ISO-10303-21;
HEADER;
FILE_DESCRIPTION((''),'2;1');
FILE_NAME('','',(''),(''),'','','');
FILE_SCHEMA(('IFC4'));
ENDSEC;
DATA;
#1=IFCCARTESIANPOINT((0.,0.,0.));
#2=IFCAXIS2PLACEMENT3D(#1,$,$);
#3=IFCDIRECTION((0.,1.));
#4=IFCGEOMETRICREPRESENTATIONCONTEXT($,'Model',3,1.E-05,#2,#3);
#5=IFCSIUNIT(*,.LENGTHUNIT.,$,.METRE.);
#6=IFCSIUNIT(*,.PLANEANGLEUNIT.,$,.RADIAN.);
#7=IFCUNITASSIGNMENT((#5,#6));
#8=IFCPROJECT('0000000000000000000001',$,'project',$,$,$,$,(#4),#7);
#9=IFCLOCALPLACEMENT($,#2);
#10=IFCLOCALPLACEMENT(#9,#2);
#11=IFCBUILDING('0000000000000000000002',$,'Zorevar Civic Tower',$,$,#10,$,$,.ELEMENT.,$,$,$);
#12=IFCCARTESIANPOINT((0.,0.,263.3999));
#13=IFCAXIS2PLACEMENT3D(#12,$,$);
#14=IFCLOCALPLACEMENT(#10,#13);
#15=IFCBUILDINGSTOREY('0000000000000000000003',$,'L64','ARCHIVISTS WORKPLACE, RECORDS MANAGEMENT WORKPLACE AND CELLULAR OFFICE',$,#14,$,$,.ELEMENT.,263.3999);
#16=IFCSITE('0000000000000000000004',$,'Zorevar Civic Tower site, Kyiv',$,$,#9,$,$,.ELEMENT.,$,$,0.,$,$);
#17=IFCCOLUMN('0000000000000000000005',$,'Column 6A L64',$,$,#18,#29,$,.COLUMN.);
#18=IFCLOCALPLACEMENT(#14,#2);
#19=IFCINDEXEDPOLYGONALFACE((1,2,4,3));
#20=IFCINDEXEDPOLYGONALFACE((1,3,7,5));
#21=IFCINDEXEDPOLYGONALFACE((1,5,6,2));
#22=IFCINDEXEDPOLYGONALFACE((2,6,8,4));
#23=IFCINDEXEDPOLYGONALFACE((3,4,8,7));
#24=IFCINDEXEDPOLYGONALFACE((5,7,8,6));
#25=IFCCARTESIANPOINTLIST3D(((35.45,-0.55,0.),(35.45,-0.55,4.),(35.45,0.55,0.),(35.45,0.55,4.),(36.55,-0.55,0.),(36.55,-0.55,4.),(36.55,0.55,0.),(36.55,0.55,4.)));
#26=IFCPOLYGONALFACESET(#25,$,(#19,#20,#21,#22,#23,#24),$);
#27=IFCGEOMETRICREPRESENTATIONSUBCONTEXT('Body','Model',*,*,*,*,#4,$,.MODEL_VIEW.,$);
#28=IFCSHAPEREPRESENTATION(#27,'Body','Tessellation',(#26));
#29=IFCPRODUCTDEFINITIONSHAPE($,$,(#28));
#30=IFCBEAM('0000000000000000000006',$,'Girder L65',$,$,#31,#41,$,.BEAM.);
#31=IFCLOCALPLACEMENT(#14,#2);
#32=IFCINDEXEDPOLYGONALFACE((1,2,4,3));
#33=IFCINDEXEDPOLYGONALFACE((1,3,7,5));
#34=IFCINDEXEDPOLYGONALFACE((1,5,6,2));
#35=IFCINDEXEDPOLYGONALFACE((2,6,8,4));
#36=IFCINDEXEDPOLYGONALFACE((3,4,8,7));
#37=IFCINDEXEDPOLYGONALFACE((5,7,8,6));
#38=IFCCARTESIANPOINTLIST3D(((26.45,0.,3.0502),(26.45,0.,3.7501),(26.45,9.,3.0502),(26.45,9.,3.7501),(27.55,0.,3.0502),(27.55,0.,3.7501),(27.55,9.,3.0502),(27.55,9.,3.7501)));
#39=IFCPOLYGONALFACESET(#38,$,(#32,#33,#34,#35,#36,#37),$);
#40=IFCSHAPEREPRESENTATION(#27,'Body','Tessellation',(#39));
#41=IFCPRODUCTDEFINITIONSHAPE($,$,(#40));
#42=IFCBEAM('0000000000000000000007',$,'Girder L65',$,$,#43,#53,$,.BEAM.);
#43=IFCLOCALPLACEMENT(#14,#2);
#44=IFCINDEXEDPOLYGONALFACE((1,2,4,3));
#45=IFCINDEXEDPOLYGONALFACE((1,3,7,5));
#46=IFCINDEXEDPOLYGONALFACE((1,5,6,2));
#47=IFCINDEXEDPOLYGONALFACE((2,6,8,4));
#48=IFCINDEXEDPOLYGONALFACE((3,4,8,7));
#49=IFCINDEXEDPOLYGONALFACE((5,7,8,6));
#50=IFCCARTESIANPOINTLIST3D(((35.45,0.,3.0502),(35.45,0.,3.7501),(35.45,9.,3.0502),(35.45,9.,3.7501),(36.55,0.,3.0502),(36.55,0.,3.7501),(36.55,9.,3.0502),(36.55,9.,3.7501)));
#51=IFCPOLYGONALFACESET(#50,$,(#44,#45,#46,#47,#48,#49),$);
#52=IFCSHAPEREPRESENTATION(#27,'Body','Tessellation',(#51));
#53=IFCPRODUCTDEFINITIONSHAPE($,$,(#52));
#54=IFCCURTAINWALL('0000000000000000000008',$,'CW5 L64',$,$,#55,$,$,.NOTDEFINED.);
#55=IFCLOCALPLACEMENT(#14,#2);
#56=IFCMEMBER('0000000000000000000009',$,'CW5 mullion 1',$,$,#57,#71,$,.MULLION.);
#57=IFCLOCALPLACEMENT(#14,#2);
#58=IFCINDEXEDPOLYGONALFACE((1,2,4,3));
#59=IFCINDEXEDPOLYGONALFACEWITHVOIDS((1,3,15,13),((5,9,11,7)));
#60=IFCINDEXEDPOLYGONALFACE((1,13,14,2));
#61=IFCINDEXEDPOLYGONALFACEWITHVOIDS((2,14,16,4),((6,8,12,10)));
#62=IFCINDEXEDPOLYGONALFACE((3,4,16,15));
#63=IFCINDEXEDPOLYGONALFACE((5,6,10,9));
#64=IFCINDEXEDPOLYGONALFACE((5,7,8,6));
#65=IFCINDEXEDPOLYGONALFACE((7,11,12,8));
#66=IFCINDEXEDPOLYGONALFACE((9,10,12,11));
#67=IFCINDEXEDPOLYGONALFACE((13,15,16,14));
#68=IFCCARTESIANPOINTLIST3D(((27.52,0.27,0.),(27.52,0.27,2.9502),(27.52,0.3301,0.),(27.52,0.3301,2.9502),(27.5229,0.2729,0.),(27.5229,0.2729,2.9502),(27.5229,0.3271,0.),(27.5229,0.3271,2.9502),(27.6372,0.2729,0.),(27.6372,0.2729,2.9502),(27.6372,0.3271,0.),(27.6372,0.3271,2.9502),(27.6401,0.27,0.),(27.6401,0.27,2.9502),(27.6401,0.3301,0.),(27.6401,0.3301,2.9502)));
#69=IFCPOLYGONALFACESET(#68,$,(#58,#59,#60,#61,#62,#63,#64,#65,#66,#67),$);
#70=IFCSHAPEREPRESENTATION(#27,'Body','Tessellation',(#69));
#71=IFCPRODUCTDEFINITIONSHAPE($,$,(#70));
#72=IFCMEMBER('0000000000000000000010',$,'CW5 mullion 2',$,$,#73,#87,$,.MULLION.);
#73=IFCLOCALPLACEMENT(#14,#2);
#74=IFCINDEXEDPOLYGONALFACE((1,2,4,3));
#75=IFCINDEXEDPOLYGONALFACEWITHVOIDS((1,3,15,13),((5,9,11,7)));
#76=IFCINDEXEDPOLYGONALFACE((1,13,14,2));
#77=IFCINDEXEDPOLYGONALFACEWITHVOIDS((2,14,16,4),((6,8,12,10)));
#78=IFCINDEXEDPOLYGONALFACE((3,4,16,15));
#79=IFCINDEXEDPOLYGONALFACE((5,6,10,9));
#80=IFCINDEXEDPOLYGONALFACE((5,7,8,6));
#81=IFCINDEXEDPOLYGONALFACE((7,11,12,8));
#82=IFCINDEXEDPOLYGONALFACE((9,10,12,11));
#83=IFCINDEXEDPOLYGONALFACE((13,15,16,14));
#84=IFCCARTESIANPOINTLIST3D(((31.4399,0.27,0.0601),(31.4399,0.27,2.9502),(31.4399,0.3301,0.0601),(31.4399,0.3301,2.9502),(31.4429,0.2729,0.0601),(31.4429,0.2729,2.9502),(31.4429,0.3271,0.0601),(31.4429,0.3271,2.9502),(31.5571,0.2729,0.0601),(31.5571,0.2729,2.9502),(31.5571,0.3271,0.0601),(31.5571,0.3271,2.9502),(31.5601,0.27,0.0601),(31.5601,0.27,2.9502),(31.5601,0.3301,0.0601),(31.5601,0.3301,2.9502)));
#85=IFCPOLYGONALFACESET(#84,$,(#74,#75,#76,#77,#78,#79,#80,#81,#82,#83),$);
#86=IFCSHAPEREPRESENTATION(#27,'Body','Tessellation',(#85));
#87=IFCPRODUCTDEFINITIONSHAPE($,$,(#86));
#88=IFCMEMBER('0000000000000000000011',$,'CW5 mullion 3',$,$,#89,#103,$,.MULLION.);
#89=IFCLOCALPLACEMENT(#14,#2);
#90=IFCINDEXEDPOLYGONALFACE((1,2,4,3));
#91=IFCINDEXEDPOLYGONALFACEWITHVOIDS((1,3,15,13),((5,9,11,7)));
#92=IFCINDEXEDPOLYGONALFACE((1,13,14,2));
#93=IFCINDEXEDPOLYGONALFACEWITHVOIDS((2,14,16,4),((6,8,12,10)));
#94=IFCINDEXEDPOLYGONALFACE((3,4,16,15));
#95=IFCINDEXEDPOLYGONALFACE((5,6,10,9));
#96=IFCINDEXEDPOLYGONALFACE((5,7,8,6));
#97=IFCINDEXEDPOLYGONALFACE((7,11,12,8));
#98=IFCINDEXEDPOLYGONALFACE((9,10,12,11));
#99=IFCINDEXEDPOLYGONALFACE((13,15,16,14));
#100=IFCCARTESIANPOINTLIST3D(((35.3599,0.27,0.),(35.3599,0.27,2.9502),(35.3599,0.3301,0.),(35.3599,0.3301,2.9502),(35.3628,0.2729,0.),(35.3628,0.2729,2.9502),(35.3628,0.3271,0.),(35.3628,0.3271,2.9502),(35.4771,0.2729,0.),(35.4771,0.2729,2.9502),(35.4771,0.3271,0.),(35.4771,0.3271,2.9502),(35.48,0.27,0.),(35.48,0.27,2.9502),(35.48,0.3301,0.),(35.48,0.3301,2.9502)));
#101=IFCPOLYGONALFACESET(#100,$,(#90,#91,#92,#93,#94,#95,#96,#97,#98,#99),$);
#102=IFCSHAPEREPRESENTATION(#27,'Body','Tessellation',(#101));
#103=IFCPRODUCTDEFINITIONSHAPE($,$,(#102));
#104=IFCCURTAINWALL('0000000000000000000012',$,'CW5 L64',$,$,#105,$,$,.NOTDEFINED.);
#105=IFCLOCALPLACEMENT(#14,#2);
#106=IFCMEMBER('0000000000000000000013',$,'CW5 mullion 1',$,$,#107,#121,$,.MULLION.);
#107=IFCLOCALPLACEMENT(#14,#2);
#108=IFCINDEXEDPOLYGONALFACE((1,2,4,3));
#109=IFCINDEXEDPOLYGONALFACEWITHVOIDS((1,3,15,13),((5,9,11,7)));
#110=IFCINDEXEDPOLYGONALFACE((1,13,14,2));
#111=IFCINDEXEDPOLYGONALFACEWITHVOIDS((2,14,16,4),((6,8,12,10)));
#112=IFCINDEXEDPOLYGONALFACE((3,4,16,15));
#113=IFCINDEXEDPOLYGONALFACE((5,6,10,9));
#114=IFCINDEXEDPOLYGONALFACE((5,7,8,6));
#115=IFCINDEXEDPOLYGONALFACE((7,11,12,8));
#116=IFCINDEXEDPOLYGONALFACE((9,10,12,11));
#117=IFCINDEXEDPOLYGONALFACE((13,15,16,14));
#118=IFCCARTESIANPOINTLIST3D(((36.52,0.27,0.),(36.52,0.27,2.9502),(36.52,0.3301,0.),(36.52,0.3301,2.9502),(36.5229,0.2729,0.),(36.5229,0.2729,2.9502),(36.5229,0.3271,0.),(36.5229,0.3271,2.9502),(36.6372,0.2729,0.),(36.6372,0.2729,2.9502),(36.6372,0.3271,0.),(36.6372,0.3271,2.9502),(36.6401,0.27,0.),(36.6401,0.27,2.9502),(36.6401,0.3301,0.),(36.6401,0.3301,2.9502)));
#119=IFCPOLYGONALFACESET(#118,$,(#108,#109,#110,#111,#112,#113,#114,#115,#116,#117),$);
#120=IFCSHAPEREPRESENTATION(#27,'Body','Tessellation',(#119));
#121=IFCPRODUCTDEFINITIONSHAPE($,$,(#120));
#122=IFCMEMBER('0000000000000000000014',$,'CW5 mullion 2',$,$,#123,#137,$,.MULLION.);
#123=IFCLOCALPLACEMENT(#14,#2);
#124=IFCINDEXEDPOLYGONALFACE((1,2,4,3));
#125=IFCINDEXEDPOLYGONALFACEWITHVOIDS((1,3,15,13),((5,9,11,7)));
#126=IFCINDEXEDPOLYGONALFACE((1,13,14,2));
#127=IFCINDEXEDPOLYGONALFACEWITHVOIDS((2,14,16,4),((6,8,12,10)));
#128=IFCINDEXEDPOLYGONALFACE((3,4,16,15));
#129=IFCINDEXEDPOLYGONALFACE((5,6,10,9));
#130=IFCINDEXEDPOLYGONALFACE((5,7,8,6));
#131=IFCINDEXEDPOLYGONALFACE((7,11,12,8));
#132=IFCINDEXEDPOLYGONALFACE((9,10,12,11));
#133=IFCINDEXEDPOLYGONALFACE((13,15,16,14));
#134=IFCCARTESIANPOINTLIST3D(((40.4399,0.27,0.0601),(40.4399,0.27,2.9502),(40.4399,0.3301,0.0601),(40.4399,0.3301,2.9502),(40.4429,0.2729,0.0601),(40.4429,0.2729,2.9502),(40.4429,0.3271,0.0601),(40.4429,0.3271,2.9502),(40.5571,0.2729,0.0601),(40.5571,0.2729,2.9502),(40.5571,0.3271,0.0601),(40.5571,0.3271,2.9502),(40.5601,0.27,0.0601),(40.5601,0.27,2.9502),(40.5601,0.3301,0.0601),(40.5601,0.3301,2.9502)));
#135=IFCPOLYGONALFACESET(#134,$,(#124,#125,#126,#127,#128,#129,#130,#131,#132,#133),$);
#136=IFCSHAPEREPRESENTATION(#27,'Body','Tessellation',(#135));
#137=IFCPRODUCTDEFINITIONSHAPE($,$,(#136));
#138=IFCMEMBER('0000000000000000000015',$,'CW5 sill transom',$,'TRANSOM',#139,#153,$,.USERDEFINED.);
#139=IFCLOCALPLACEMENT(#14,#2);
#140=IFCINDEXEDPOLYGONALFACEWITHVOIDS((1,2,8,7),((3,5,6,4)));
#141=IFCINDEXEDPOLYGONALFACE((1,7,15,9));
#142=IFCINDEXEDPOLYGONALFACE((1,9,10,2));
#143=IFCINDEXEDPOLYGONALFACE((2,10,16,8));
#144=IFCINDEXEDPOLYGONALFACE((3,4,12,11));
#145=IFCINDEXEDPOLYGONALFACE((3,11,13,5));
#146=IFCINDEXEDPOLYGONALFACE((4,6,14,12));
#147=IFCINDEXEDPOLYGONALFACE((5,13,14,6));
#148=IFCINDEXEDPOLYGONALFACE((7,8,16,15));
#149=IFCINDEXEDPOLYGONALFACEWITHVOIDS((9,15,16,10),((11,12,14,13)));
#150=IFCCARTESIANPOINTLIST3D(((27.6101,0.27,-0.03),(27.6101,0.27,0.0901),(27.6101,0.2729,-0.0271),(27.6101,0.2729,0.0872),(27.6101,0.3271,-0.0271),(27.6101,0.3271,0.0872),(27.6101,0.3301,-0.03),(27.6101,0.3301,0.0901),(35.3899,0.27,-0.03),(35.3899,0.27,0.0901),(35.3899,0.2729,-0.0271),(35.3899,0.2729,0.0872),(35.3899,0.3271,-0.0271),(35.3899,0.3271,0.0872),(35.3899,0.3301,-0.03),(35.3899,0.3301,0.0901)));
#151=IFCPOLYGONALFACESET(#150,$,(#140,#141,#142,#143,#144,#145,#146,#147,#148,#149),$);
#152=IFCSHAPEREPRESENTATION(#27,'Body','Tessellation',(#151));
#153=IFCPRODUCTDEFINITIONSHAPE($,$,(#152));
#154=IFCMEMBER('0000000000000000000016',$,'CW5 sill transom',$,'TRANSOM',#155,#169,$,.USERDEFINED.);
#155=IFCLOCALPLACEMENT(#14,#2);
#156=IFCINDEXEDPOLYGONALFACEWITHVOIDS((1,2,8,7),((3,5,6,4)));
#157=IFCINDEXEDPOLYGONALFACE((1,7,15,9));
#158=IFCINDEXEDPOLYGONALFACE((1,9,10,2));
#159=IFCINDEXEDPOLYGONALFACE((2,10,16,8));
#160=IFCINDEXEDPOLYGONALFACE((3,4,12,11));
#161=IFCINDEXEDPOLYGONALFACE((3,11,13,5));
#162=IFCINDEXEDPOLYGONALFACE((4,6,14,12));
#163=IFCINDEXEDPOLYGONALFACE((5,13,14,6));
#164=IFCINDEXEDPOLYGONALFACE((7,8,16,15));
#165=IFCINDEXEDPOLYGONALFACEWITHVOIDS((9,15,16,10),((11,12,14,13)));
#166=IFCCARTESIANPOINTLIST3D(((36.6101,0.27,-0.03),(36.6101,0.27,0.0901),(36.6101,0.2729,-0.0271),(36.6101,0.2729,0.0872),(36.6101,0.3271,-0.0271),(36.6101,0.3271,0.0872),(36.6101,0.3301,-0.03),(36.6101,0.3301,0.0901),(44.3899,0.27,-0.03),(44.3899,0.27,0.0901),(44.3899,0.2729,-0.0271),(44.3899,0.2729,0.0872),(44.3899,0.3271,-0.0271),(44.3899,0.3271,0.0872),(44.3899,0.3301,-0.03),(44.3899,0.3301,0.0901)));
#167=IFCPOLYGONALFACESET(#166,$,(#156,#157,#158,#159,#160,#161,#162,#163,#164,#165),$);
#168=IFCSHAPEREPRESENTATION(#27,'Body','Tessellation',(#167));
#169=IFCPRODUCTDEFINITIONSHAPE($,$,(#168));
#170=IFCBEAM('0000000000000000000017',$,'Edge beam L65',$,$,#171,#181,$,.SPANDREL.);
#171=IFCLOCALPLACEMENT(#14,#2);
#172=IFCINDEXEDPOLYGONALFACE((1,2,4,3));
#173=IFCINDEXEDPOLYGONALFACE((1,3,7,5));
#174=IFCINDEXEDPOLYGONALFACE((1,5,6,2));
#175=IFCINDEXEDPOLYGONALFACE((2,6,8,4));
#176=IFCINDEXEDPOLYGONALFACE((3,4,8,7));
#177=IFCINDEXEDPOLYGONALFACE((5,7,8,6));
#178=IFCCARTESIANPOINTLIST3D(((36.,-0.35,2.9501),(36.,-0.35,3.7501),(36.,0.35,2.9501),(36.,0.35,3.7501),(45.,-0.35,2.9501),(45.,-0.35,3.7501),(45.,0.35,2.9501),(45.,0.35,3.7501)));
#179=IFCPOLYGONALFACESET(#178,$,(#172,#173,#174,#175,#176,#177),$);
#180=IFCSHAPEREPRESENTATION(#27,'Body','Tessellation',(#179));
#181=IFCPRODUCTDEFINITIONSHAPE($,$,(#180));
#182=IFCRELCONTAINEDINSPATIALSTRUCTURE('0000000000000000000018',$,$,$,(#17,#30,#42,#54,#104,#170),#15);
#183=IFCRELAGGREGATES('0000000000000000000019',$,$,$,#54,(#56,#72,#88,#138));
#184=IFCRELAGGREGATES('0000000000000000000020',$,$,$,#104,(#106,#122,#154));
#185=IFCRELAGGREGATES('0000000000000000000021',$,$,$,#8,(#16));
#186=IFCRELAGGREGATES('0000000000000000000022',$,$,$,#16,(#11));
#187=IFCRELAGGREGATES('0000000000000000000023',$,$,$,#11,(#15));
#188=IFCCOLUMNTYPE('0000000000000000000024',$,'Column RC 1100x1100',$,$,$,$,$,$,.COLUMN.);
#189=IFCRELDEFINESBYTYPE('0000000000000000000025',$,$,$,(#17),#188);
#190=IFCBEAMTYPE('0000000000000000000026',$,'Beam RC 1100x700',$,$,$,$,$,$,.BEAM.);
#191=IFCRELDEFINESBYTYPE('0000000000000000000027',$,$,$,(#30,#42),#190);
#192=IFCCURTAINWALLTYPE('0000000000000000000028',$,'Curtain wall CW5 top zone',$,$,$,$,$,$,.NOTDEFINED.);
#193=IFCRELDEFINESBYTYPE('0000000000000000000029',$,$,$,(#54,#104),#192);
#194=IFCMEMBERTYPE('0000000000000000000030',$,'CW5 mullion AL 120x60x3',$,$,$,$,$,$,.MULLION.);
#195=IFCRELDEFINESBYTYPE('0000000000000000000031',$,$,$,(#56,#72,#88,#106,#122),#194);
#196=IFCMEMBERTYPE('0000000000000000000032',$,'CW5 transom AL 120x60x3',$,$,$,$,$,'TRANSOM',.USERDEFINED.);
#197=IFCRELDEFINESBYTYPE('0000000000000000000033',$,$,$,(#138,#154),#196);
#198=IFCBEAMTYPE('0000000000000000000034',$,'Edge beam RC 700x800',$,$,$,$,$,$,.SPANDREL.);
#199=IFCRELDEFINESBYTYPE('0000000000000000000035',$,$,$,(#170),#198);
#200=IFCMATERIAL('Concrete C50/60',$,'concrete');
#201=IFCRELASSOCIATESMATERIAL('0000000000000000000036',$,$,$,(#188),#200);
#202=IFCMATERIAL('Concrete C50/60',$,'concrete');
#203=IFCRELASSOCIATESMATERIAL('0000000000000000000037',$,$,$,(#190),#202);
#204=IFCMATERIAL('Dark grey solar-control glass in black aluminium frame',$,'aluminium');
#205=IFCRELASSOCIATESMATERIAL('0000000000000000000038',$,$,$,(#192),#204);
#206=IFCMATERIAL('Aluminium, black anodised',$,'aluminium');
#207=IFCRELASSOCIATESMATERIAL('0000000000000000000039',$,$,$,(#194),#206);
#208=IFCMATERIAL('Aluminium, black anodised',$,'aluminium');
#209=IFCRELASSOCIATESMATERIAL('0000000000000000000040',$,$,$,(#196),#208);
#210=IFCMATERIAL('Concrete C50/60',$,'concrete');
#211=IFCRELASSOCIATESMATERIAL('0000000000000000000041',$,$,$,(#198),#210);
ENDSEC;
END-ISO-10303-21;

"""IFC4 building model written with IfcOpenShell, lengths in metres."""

from ifc_helpers import new_model, si_unit, direction, frame, origin, origin_2d, place, context, subcontext, project, spatial, rectangle, hollow_rectangle, extrude, material, material_profile, profile_set, type_object, element, aggregate, save


model = new_model("IFC4")

# Units and contexts
model_context = context("Model", 3, precision=1e-05, world=origin(), true_north=direction((0.0, 1.0)))
body_context = subcontext(model_context, "Body", "Model", "MODEL_VIEW")
ifc_project = project(units=[si_unit("LENGTHUNIT", "METRE"), si_unit("PLANEANGLEUNIT", "RADIAN")], contexts=[model_context])

# Site, building, storey
site_placement = place(None, origin())
site = spatial("IfcSite", under=ifc_project, at=site_placement, Name="Zorevar Civic Tower site, Kyiv", CompositionType="ELEMENT", RefElevation=0.0)
building_placement = place(site_placement, origin())
building = spatial("IfcBuilding", under=site, at=building_placement, Name="Zorevar Civic Tower", CompositionType="ELEMENT")
storey_placement = place(building_placement, frame((0.0, 0.0, 263.3999)))
storey = spatial("IfcBuildingStorey", under=building, at=storey_placement, Name="L64", Description="ARCHIVISTS WORKPLACE, RECORDS MANAGEMENT WORKPLACE AND CELLULAR OFFICE", CompositionType="ELEMENT", Elevation=263.3999)

# Column
ifc_material_1 = material(Name="Concrete C50/60", Category="concrete")
ifc_material_profile_1 = material_profile(ifc_material_1, rectangle(XDim=1.1001, YDim=1.1001, at=origin_2d()), Name="RC 1100x1100")
ifc_profile_set_1 = profile_set([ifc_material_profile_1], Name="Concrete C50/60")
column_type = type_object("IfcColumnType", Name="Column RC 1100x1100", PredefinedType="COLUMN", material=ifc_profile_set_1)
column_placement = place(storey_placement, frame((36.0, 0.0, 0.0), z_axis=(0.0, 0.0, 1.0), x_axis=(1.0, 0.0, 0.0)))
element("IfcColumn", 1, at=column_placement, inside=storey, type_object=column_type, Name="Column 6A L64", PredefinedType="COLUMN", context=body_context, shape_type="SweptSolid", body=[
    extrude(rectangle(XDim=1.1001, YDim=1.1001, at=origin_2d()), origin(), (0.0, 0.0, 1.0), 4.0),
])

# Beams
ifc_material_2 = material(Name="Concrete C50/60", Category="concrete")
ifc_material_profile_2 = material_profile(ifc_material_2, rectangle(XDim=1.1001, YDim=0.7, at=origin_2d()), Name="RC 1100x700")
ifc_profile_set_2 = profile_set([ifc_material_profile_2], Name="Concrete C50/60")
beam_type_1 = type_object("IfcBeamType", Name="Beam RC 1100x700", PredefinedType="BEAM", material=ifc_profile_set_2)
for number, where, z_axis, x_axis, name in (
    (2, (27.0, 0.0, 3.4001), (0.0, 1.0, 0.0), (-1.0, 0.0, 0.0), "Girder L65"),
    (3, (36.0, 0.0, 3.4001), (0.0, 1.0, 0.0), (-1.0, 0.0, 0.0), "Girder L65"),
):
    element("IfcBeam", number, at=place(storey_placement, frame(where, z_axis=z_axis, x_axis=x_axis)), inside=storey, type_object=beam_type_1, Name=name, PredefinedType="BEAM", context=body_context, shape_type="SweptSolid", body=[
        extrude(rectangle(XDim=1.1001, YDim=0.7, at=origin_2d()), origin(), (0.0, 0.0, 1.0), 9.0),
    ])

# Curtain walls, members
ifc_material_3 = material(Name="Dark grey solar-control glass in black aluminium frame", Category="aluminium")
curtain_wall_type = type_object("IfcCurtainWallType", Name="Curtain wall CW5 top zone", PredefinedType="NOTDEFINED", material=ifc_material_3)
curtain_wall_1_placement = place(storey_placement, origin())
curtain_wall_1 = element("IfcCurtainWall", 4, at=curtain_wall_1_placement, inside=storey, type_object=curtain_wall_type, Name="CW5 L64", PredefinedType="NOTDEFINED")
ifc_material_4 = material(Name="Aluminium, black anodised", Category="aluminium")
ifc_material_profile_3 = material_profile(ifc_material_4, hollow_rectangle(XDim=0.0601, YDim=0.1201, WallThickness=0.0029, at=origin_2d()), Name="AL 120x60x3")
ifc_profile_set_3 = profile_set([ifc_material_profile_3], Name="Aluminium, black anodised")
member_type_1 = type_object("IfcMemberType", Name="CW5 mullion AL 120x60x3", PredefinedType="MULLION", material=ifc_profile_set_3)
member_1_placement = place(storey_placement, frame((27.5801, 0.3, 0.0), z_axis=(0.0, 0.0, 1.0), x_axis=(0.0, 1.0, 0.0)))
member_1 = element("IfcMember", 5, at=member_1_placement, type_object=member_type_1, Name="CW5 mullion 1", PredefinedType="MULLION", context=body_context, shape_type="SweptSolid", body=[
    extrude(hollow_rectangle(XDim=0.0601, YDim=0.1201, WallThickness=0.0029, at=origin_2d()), origin(), (0.0, 0.0, 1.0), 2.9502),
])
member_2_placement = place(storey_placement, frame((31.5, 0.3, 0.0601), z_axis=(0.0, 0.0, 1.0), x_axis=(0.0, 1.0, 0.0)))
member_2 = element("IfcMember", 6, at=member_2_placement, type_object=member_type_1, Name="CW5 mullion 2", PredefinedType="MULLION", context=body_context, shape_type="SweptSolid", body=[
    extrude(hollow_rectangle(XDim=0.0601, YDim=0.1201, WallThickness=0.0029, at=origin_2d()), origin(), (0.0, 0.0, 1.0), 2.8901),
])
member_3_placement = place(storey_placement, frame((35.4199, 0.3, 0.0), z_axis=(0.0, 0.0, 1.0), x_axis=(0.0, 1.0, 0.0)))
member_3 = element("IfcMember", 7, at=member_3_placement, type_object=member_type_1, Name="CW5 mullion 3", PredefinedType="MULLION", context=body_context, shape_type="SweptSolid", body=[
    extrude(hollow_rectangle(XDim=0.0601, YDim=0.1201, WallThickness=0.0029, at=origin_2d()), origin(), (0.0, 0.0, 1.0), 2.9502),
])
curtain_wall_2_placement = place(storey_placement, origin())
curtain_wall_2 = element("IfcCurtainWall", 8, at=curtain_wall_2_placement, inside=storey, type_object=curtain_wall_type, Name="CW5 L64", PredefinedType="NOTDEFINED")
member_4_placement = place(storey_placement, frame((36.5801, 0.3, 0.0), z_axis=(0.0, 0.0, 1.0), x_axis=(0.0, 1.0, 0.0)))
member_4 = element("IfcMember", 9, at=member_4_placement, type_object=member_type_1, Name="CW5 mullion 1", PredefinedType="MULLION", context=body_context, shape_type="SweptSolid", body=[
    extrude(hollow_rectangle(XDim=0.0601, YDim=0.1201, WallThickness=0.0029, at=origin_2d()), origin(), (0.0, 0.0, 1.0), 2.9502),
])
member_5_placement = place(storey_placement, frame((40.5, 0.3, 0.0601), z_axis=(0.0, 0.0, 1.0), x_axis=(0.0, 1.0, 0.0)))
member_5 = element("IfcMember", 10, at=member_5_placement, type_object=member_type_1, Name="CW5 mullion 2", PredefinedType="MULLION", context=body_context, shape_type="SweptSolid", body=[
    extrude(hollow_rectangle(XDim=0.0601, YDim=0.1201, WallThickness=0.0029, at=origin_2d()), origin(), (0.0, 0.0, 1.0), 2.8901),
])

# Members
ifc_material_5 = material(Name="Aluminium, black anodised", Category="aluminium")
ifc_material_profile_4 = material_profile(ifc_material_5, hollow_rectangle(XDim=0.0601, YDim=0.1201, WallThickness=0.0029, at=origin_2d()), Name="AL 120x60x3")
ifc_profile_set_4 = profile_set([ifc_material_profile_4], Name="Aluminium, black anodised")
member_type_2 = type_object("IfcMemberType", Name="CW5 transom AL 120x60x3", ElementType="TRANSOM", PredefinedType="USERDEFINED", material=ifc_profile_set_4)
member_6_placement = place(storey_placement, frame((27.6101, 0.3, 0.03), z_axis=(1.0, 0.0, 0.0), x_axis=(0.0, 1.0, 0.0)))
member_6 = element("IfcMember", 11, at=member_6_placement, type_object=member_type_2, Name="CW5 sill transom", ObjectType="TRANSOM", PredefinedType="USERDEFINED", context=body_context, shape_type="SweptSolid", body=[
    extrude(hollow_rectangle(XDim=0.0601, YDim=0.1201, WallThickness=0.0029, at=origin_2d()), origin(), (0.0, 0.0, 1.0), 7.7798),
])
member_7_placement = place(storey_placement, frame((36.6101, 0.3, 0.03), z_axis=(1.0, 0.0, 0.0), x_axis=(0.0, 1.0, 0.0)))
member_7 = element("IfcMember", 12, at=member_7_placement, type_object=member_type_2, Name="CW5 sill transom", ObjectType="TRANSOM", PredefinedType="USERDEFINED", context=body_context, shape_type="SweptSolid", body=[
    extrude(hollow_rectangle(XDim=0.0601, YDim=0.1201, WallThickness=0.0029, at=origin_2d()), origin(), (0.0, 0.0, 1.0), 7.7798),
])

# Beam
ifc_material_6 = material(Name="Concrete C50/60", Category="concrete")
ifc_material_profile_5 = material_profile(ifc_material_6, rectangle(XDim=0.7, YDim=0.8, at=origin_2d()), Name="RC 700x800")
ifc_profile_set_5 = profile_set([ifc_material_profile_5], Name="Concrete C50/60")
beam_type_2 = type_object("IfcBeamType", Name="Edge beam RC 700x800", PredefinedType="SPANDREL", material=ifc_profile_set_5)
beam_placement = place(storey_placement, frame((36.0, 0.0, 3.3501), z_axis=(1.0, 0.0, 0.0), x_axis=(0.0, 1.0, 0.0)))
element("IfcBeam", 13, at=beam_placement, inside=storey, type_object=beam_type_2, Name="Edge beam L65", PredefinedType="SPANDREL", context=body_context, shape_type="SweptSolid", body=[
    extrude(rectangle(XDim=0.7, YDim=0.8, at=origin_2d()), origin(), (0.0, 0.0, 1.0), 9.0),
])

aggregate(curtain_wall_1, [member_1, member_2, member_3, member_6])
aggregate(curtain_wall_2, [member_4, member_5, member_7])

save(model, "model.ifc")
